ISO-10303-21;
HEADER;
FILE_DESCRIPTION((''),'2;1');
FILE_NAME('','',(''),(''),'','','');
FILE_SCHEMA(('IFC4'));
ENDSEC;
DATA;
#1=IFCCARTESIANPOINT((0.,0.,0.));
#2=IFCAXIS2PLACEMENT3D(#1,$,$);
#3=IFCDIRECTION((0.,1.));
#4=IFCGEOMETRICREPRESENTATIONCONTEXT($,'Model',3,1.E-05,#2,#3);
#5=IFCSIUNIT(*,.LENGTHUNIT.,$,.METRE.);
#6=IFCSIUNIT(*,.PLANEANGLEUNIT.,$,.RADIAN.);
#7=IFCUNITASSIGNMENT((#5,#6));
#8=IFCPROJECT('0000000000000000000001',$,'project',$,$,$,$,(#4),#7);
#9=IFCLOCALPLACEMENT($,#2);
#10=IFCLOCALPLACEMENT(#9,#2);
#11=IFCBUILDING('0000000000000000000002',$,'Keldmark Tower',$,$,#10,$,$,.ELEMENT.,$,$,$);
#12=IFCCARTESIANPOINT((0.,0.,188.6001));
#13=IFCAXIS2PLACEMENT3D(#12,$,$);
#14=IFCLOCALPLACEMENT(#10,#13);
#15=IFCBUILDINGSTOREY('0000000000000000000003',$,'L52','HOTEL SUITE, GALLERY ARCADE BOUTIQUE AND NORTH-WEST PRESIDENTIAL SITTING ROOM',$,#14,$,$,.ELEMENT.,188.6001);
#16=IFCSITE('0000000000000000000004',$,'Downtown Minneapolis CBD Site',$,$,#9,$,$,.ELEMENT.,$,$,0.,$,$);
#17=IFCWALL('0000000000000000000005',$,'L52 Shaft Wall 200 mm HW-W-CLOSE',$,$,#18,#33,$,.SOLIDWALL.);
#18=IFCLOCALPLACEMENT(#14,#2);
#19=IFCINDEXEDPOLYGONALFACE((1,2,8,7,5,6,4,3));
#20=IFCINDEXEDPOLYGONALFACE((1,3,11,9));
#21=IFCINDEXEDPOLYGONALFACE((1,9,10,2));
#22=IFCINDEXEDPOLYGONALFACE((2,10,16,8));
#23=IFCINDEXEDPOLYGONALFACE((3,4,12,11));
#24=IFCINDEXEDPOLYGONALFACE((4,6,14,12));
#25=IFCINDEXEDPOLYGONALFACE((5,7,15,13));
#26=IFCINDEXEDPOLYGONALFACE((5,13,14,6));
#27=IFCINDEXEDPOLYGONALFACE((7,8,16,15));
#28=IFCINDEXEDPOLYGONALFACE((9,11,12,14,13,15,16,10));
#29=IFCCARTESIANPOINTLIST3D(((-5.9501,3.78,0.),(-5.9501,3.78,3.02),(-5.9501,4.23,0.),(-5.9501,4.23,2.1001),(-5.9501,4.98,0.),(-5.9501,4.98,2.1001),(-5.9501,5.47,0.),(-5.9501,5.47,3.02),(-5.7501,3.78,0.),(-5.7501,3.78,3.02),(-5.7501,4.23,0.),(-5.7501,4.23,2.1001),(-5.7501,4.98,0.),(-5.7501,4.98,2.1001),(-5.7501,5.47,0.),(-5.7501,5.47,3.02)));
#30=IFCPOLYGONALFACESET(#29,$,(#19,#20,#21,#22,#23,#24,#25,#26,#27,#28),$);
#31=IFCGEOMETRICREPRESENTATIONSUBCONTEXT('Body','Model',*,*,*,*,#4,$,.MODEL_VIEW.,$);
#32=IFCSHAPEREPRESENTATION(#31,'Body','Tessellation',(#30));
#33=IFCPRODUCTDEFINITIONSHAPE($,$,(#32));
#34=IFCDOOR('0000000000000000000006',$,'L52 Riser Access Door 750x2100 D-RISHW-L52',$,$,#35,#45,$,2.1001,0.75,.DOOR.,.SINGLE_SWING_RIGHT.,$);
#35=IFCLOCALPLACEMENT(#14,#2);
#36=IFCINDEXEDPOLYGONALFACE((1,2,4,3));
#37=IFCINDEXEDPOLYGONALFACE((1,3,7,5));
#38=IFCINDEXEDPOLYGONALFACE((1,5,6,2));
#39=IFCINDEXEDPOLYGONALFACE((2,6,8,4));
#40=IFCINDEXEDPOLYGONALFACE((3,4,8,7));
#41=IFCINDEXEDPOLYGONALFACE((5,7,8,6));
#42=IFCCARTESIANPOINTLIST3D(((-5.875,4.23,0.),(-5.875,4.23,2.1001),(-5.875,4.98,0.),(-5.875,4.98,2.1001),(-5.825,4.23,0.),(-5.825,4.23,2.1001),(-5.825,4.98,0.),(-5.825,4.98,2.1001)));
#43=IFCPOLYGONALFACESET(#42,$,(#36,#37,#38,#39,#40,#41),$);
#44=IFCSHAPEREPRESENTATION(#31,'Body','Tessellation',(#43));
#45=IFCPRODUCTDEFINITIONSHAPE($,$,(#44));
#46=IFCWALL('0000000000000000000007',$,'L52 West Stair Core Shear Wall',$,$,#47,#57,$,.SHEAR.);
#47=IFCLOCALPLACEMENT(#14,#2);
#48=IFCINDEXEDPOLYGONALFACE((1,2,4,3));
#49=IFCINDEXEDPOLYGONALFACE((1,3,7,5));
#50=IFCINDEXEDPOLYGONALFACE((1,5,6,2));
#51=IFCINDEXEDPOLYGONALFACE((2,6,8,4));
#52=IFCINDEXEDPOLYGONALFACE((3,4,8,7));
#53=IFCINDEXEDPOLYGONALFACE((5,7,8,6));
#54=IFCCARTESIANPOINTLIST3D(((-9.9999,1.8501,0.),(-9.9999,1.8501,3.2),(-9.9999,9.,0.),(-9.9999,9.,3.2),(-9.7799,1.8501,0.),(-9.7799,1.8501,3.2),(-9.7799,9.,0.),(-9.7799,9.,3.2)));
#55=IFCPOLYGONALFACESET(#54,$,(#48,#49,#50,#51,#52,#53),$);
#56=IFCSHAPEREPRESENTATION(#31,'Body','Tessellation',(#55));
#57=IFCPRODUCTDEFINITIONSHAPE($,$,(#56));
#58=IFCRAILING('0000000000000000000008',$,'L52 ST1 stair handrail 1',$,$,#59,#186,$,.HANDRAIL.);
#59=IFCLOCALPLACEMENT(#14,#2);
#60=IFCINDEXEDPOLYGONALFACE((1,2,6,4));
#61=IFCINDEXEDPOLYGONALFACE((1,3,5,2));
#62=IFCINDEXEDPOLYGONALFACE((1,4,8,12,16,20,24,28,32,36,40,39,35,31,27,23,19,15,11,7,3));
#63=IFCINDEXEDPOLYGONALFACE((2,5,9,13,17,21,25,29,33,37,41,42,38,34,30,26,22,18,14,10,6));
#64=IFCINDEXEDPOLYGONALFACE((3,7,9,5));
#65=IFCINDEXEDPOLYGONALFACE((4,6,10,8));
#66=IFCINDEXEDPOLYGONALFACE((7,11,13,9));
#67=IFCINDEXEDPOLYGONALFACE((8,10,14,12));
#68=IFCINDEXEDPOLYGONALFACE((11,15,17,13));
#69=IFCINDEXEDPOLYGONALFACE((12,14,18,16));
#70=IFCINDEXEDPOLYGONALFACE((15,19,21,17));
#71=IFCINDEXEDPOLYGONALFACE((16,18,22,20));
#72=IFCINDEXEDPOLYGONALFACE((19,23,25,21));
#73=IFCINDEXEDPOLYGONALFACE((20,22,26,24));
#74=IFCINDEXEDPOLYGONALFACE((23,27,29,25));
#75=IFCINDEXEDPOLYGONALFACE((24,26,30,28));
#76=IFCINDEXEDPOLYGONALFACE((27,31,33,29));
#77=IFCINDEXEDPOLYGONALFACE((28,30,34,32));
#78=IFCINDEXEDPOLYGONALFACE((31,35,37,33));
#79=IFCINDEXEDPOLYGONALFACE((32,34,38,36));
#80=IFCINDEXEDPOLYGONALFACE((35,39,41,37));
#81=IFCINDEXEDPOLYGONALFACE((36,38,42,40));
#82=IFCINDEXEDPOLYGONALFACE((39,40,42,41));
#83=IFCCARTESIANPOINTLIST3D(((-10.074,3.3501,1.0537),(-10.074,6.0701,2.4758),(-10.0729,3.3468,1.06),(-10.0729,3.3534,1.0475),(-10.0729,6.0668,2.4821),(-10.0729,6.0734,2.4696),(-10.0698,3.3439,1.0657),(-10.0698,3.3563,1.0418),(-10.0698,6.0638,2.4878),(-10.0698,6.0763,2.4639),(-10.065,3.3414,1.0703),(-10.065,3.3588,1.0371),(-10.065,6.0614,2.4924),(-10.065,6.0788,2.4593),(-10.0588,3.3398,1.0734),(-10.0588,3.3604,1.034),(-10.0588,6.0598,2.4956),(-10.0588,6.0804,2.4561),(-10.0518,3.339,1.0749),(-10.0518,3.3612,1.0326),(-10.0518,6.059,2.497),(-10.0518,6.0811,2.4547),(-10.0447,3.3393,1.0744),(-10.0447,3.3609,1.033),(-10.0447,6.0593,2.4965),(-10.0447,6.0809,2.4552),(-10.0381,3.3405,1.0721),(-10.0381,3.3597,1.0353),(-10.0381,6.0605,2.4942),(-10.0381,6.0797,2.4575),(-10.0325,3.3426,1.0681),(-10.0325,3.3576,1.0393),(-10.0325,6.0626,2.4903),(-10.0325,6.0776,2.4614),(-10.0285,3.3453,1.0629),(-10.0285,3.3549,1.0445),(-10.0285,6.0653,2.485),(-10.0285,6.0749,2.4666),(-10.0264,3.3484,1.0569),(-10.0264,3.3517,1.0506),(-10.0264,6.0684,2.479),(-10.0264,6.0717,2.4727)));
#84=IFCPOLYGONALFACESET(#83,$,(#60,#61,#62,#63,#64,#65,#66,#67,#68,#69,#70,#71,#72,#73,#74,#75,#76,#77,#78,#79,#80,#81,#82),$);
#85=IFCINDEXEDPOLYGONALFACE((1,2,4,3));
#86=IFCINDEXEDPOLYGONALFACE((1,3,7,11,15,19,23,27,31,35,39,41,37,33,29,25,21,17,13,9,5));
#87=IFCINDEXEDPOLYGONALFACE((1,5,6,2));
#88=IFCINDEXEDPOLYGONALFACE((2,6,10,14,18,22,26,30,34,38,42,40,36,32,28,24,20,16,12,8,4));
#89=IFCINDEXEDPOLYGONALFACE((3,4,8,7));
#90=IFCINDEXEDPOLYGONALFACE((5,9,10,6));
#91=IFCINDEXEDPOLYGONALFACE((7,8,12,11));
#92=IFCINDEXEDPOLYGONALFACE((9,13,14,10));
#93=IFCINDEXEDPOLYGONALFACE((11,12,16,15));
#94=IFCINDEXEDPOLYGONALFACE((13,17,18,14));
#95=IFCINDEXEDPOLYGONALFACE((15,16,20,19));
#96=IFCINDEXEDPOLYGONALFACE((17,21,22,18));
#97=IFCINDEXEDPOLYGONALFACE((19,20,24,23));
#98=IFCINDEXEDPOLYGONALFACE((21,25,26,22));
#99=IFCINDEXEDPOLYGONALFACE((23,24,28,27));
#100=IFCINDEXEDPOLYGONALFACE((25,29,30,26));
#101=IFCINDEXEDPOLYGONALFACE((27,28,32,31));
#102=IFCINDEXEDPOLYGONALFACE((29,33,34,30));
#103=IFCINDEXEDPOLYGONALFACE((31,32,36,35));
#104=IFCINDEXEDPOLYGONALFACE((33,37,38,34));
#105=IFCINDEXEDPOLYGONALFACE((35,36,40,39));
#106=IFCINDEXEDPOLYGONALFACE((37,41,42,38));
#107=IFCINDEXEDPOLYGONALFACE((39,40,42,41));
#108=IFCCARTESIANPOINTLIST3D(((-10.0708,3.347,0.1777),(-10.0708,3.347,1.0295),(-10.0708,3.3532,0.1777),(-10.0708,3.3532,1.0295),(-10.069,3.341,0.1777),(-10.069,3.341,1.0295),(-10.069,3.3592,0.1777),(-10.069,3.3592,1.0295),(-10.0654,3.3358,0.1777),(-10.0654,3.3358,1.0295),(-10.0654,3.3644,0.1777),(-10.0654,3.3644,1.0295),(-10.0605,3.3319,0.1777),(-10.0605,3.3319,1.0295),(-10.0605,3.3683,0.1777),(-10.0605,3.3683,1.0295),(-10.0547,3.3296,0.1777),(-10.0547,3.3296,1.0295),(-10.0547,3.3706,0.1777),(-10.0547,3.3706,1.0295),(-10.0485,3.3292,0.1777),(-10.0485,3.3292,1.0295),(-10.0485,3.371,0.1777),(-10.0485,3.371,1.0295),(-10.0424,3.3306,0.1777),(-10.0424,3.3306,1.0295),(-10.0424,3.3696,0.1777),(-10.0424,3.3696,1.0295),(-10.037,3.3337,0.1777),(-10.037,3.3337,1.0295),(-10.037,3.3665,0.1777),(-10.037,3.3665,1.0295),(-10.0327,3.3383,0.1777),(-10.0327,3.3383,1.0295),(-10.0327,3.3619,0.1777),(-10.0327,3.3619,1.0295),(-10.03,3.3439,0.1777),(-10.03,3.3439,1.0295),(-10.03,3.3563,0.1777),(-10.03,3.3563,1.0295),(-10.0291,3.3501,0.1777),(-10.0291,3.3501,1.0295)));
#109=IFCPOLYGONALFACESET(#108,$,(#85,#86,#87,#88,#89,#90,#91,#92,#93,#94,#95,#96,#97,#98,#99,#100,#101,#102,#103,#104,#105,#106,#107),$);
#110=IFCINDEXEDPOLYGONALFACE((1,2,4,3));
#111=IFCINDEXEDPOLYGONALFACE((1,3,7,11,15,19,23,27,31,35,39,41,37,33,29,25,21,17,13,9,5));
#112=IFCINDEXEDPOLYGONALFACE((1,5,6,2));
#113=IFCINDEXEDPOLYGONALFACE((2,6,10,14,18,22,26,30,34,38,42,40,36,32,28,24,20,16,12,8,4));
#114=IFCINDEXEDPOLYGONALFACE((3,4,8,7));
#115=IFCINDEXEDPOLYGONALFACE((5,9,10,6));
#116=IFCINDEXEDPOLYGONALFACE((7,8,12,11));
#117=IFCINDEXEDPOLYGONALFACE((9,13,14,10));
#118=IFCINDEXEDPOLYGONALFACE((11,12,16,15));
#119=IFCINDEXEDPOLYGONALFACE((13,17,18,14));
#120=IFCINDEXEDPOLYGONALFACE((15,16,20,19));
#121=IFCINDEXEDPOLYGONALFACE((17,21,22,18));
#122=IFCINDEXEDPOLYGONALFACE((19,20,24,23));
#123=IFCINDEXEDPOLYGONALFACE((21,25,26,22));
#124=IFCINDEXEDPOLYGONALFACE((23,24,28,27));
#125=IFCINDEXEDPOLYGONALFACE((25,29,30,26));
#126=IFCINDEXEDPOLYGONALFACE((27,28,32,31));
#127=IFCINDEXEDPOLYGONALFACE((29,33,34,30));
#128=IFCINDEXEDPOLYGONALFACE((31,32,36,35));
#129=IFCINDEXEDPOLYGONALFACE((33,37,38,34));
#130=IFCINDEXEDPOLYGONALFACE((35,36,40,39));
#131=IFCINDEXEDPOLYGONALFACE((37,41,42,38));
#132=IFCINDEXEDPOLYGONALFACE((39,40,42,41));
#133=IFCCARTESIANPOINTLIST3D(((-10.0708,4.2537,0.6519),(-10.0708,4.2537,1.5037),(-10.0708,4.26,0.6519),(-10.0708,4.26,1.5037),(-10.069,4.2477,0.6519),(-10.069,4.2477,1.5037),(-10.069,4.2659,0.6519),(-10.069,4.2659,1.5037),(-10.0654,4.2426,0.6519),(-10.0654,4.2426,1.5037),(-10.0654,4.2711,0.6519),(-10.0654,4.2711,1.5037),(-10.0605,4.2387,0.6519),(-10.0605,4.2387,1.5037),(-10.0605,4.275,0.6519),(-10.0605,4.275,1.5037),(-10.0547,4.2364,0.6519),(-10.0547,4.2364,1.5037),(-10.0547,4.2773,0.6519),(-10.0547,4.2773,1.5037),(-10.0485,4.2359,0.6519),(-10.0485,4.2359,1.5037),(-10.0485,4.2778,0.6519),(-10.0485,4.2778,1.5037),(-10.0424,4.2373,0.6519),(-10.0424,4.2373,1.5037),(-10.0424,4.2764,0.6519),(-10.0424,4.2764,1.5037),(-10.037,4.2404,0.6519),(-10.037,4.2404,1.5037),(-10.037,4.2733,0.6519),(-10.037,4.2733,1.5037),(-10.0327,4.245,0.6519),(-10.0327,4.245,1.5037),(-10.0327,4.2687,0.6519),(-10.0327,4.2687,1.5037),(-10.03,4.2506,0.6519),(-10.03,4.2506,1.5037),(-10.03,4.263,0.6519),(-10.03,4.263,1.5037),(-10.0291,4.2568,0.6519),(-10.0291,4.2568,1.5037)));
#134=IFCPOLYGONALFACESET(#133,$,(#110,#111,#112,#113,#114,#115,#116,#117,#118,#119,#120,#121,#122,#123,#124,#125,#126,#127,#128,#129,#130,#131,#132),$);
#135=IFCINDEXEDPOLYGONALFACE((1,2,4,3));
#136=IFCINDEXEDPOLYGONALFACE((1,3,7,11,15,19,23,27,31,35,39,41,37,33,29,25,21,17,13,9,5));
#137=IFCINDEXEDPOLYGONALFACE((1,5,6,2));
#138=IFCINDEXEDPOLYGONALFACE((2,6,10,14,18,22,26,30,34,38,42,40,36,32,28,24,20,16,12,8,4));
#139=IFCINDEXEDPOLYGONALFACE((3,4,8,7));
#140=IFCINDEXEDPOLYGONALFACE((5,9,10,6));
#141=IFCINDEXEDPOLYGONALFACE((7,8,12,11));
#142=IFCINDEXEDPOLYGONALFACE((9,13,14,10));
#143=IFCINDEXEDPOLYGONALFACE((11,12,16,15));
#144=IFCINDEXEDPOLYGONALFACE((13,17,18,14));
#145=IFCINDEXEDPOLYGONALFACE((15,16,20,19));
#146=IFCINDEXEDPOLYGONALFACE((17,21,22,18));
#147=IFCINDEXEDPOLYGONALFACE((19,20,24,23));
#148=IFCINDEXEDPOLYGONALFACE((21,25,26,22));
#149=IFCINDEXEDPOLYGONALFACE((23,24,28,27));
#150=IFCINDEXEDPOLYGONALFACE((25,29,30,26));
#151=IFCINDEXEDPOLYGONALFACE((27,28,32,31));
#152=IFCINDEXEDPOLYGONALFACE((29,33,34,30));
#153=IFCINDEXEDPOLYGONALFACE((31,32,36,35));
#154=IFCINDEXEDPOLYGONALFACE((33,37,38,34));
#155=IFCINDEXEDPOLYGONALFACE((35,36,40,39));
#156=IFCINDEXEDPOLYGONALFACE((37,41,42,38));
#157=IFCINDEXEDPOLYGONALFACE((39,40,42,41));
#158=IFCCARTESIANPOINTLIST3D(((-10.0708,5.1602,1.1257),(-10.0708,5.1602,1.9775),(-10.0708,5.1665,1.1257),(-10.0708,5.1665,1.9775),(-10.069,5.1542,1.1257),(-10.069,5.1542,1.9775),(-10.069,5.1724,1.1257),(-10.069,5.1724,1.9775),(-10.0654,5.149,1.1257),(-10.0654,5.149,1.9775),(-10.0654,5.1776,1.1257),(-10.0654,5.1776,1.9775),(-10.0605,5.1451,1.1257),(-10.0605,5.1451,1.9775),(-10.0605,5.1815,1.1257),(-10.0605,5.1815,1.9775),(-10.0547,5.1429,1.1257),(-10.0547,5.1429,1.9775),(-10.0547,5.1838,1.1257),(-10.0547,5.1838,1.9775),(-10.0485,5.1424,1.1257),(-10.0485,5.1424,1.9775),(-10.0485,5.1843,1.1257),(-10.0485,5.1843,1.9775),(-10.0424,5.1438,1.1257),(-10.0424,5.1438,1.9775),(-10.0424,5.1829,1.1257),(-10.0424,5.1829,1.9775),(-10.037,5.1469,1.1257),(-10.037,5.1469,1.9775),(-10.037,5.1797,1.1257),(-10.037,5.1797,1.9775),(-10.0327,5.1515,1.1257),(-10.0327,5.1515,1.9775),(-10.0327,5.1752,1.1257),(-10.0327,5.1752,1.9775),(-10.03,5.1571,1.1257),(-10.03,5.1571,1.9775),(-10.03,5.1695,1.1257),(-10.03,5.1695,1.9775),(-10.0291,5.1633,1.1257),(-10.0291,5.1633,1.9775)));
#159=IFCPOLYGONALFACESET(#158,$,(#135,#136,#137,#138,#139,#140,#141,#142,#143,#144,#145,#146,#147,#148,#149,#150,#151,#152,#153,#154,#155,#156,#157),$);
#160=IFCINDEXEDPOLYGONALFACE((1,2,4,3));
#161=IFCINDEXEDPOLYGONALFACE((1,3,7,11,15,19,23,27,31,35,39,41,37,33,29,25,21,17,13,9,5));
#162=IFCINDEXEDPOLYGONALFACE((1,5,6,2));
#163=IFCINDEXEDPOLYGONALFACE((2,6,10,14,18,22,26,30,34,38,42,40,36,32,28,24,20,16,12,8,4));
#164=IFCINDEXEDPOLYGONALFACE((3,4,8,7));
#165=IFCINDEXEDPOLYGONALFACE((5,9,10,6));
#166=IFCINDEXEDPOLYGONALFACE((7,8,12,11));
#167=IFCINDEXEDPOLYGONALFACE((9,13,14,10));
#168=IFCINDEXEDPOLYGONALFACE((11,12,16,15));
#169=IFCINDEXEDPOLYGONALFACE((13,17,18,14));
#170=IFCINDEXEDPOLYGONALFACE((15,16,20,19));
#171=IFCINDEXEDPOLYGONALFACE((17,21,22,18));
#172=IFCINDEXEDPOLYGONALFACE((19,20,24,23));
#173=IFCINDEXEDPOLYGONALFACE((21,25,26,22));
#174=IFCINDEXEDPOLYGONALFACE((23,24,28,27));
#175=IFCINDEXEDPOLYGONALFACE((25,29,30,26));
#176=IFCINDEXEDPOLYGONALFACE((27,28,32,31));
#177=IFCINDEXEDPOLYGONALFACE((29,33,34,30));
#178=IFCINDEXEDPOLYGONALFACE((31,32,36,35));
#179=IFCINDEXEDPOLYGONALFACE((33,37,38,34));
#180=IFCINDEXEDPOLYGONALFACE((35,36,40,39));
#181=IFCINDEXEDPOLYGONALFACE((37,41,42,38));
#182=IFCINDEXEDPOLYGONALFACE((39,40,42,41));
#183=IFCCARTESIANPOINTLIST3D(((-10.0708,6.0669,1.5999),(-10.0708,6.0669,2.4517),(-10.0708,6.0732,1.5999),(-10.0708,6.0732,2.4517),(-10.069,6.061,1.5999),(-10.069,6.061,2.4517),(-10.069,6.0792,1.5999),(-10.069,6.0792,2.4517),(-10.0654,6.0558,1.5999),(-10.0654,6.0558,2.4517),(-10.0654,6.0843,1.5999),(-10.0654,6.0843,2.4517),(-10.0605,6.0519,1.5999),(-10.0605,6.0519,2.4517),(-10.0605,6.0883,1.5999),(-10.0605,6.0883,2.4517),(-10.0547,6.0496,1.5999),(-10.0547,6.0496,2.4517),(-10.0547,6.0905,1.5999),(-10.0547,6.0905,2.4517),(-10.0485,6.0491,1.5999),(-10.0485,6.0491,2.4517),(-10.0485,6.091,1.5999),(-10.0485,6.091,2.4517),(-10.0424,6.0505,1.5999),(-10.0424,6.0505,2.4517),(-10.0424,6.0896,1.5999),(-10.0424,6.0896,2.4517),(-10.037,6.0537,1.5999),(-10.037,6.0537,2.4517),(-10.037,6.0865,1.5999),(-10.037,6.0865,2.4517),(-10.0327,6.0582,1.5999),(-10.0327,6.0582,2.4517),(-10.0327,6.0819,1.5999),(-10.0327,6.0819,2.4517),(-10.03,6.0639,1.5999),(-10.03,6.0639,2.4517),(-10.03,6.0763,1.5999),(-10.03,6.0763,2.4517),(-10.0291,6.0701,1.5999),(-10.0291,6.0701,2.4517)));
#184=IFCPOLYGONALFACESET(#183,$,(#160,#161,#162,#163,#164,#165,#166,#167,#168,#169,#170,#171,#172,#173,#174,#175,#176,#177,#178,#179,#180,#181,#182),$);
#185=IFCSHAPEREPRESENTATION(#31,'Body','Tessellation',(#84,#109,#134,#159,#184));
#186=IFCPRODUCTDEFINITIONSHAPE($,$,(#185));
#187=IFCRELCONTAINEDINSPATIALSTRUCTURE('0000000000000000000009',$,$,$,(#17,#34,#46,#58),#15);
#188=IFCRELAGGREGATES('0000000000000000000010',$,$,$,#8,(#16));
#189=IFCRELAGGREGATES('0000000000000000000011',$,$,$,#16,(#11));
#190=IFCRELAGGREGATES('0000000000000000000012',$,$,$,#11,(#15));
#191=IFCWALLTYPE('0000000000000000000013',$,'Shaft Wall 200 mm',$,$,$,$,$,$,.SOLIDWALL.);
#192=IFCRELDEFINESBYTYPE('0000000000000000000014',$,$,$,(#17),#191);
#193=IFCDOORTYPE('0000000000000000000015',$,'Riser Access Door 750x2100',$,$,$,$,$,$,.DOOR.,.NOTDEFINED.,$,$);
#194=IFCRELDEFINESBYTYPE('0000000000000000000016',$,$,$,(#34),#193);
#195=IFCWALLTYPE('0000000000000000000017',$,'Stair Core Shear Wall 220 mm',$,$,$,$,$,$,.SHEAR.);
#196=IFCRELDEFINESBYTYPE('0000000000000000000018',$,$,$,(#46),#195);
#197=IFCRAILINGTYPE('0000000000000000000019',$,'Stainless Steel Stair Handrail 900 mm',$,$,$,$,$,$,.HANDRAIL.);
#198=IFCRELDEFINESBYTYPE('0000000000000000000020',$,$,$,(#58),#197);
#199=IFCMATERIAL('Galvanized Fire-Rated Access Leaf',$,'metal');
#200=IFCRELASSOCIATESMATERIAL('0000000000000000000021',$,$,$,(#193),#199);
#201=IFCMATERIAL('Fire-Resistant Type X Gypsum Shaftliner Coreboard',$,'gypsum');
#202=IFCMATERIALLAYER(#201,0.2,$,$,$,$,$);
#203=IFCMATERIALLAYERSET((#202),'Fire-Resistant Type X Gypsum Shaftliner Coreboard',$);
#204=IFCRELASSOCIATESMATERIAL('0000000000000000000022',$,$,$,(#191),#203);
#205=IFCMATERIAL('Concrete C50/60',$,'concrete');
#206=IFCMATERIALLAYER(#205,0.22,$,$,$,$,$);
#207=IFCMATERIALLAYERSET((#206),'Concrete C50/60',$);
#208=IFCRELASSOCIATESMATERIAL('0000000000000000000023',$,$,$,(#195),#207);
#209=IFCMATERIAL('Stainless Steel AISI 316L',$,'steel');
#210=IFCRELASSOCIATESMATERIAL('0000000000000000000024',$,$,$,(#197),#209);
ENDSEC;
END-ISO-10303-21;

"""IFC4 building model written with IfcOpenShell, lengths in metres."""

from ifc_helpers import new_model, si_unit, direction, frame, frame_2d, origin, origin_2d, place, context, subcontext, project, spatial, rectangle, circle, extrude, material, layer, layer_set, type_object, element, fill, save


model = new_model("IFC4")

# Units and contexts
model_context = context("Model", 3, precision=1e-05, world=origin(), true_north=direction((0.0, 1.0)))
body_context = subcontext(model_context, "Body", "Model", "MODEL_VIEW")
ifc_project = project(units=[si_unit("LENGTHUNIT", "METRE"), si_unit("PLANEANGLEUNIT", "RADIAN")], contexts=[model_context])

# Site, building, storey
site_placement = place(None, origin())
site = spatial("IfcSite", under=ifc_project, at=site_placement, Name="Downtown Minneapolis CBD Site", CompositionType="ELEMENT", RefElevation=0.0)
building_placement = place(site_placement, origin())
building = spatial("IfcBuilding", under=site, at=building_placement, Name="Keldmark Tower", CompositionType="ELEMENT")
storey_placement = place(building_placement, frame((0.0, 0.0, 188.6001)))
storey = spatial("IfcBuildingStorey", under=building, at=storey_placement, Name="L52", Description="HOTEL SUITE, GALLERY ARCADE BOUTIQUE AND NORTH-WEST PRESIDENTIAL SITTING ROOM", CompositionType="ELEMENT", Elevation=188.6001)

# Shared definitions
ifc_material_1 = material(Name="Galvanized Fire-Rated Access Leaf", Category="metal")
door_type = type_object("IfcDoorType", Name="Riser Access Door 750x2100", OperationType="NOTDEFINED", PredefinedType="DOOR", material=ifc_material_1)

# Shared definitions
ifc_material_2 = material(Name="Fire-Resistant Type X Gypsum Shaftliner Coreboard", Category="gypsum")
ifc_layer_1 = layer(ifc_material_2, 0.2)
ifc_layer_set_1 = layer_set([ifc_layer_1], Name="Fire-Resistant Type X Gypsum Shaftliner Coreboard")
wall_type_1 = type_object("IfcWallType", Name="Shaft Wall 200 mm", PredefinedType="SOLIDWALL", material=ifc_layer_set_1)

# Wall, opening, door
wall_1_placement = place(storey_placement, frame((-5.8501, 3.78, 0.0), z_axis=(0.0, 0.0, 1.0), x_axis=(0.0, 1.0, 0.0)))
wall_1 = element("IfcWall", 1, at=wall_1_placement, inside=storey, type_object=wall_type_1, Name="L52 Shaft Wall 200 mm HW-W-CLOSE", PredefinedType="SOLIDWALL", context=body_context, shape_type="SweptSolid", body=[
    extrude(rectangle(XDim=1.6899, YDim=0.2, at=frame_2d((0.845, 0.0))), origin(), (0.0, 0.0, 1.0), 3.02),
])
opening_1_placement = place(wall_1_placement, frame((0.45, 0.0, 0.0)))
opening_1 = element("IfcOpeningElement", 2, at=opening_1_placement, cuts=wall_1, PredefinedType="OPENING", context=body_context, shape_type="SweptSolid", body=[
    extrude(rectangle(XDim=0.75, YDim=2.1001, at=frame_2d((0.375, 1.05))), frame((0.0, 0.1099, 0.0), z_axis=(0.0, -1.0, 0.0), x_axis=(1.0, 0.0, 0.0)), (0.0, 0.0, 1.0), 0.22),
])
door_1_placement = place(opening_1_placement, origin())
door_1 = element("IfcDoor", 3, at=door_1_placement, inside=storey, type_object=door_type, Name="L52 Riser Access Door 750x2100 D-RISHW-L52", OperationType="SINGLE_SWING_RIGHT", OverallHeight=2.1001, OverallWidth=0.75, PredefinedType="DOOR", context=body_context, shape_type="SweptSolid", body=[
    extrude(rectangle(XDim=0.75, YDim=2.1001, at=frame_2d((0.375, 1.05))), frame((0.0, 0.0249, 0.0), z_axis=(0.0, -1.0, 0.0), x_axis=(1.0, 0.0, 0.0)), (0.0, 0.0, 1.0), 0.05),
])
fill(opening_1, door_1)

# Wall
ifc_material_3 = material(Name="Concrete C50/60", Category="concrete")
ifc_layer_2 = layer(ifc_material_3, 0.22)
ifc_layer_set_2 = layer_set([ifc_layer_2], Name="Concrete C50/60")
wall_type_2 = type_object("IfcWallType", Name="Stair Core Shear Wall 220 mm", PredefinedType="SHEAR", material=ifc_layer_set_2)
wall_2_placement = place(storey_placement, frame((-9.8899, 1.8501, 0.0), z_axis=(0.0, 0.0, 1.0), x_axis=(0.0, 1.0, 0.0)))
element("IfcWall", 4, at=wall_2_placement, inside=storey, type_object=wall_type_2, Name="L52 West Stair Core Shear Wall", PredefinedType="SHEAR", context=body_context, shape_type="SweptSolid", body=[
    extrude(rectangle(XDim=7.1499, YDim=0.22, at=frame_2d((3.575, 0.0))), origin(), (0.0, 0.0, 1.0), 3.2),
])

# Railing
ifc_material_4 = material(Name="Stainless Steel AISI 316L", Category="steel")
railing_type = type_object("IfcRailingType", Name="Stainless Steel Stair Handrail 900 mm", PredefinedType="HANDRAIL", material=ifc_material_4)
railing_placement = place(storey_placement, frame((-10.05, 3.3501, 0.1777)))
element("IfcRailing", 5, at=railing_placement, inside=storey, type_object=railing_type, Name="L52 ST1 stair handrail 1", PredefinedType="HANDRAIL", context=body_context, shape_type="SweptSolid", body=[
    extrude(circle(Radius=0.0239, at=origin_2d()), frame((0.0, 0.0, 0.876), z_axis=(0.0, 0.886183, 0.463335), x_axis=(-1.0, 0.0, 0.0)), (0.0, 0.0, 1.0), 3.0693),
    extrude(circle(Radius=0.021, at=origin_2d()), origin(), (0.0, 0.0, 1.0), 0.8518),
    extrude(circle(Radius=0.021, at=origin_2d()), frame((0.0, 0.9067, 0.4741)), (0.0, 0.0, 1.0), 0.8518),
    extrude(circle(Radius=0.021, at=origin_2d()), frame((0.0, 1.8132, 0.948)), (0.0, 0.0, 1.0), 0.8518),
    extrude(circle(Radius=0.021, at=origin_2d()), frame((0.0, 2.72, 1.4221)), (0.0, 0.0, 1.0), 0.8518),
])

save(model, "model.ifc")
